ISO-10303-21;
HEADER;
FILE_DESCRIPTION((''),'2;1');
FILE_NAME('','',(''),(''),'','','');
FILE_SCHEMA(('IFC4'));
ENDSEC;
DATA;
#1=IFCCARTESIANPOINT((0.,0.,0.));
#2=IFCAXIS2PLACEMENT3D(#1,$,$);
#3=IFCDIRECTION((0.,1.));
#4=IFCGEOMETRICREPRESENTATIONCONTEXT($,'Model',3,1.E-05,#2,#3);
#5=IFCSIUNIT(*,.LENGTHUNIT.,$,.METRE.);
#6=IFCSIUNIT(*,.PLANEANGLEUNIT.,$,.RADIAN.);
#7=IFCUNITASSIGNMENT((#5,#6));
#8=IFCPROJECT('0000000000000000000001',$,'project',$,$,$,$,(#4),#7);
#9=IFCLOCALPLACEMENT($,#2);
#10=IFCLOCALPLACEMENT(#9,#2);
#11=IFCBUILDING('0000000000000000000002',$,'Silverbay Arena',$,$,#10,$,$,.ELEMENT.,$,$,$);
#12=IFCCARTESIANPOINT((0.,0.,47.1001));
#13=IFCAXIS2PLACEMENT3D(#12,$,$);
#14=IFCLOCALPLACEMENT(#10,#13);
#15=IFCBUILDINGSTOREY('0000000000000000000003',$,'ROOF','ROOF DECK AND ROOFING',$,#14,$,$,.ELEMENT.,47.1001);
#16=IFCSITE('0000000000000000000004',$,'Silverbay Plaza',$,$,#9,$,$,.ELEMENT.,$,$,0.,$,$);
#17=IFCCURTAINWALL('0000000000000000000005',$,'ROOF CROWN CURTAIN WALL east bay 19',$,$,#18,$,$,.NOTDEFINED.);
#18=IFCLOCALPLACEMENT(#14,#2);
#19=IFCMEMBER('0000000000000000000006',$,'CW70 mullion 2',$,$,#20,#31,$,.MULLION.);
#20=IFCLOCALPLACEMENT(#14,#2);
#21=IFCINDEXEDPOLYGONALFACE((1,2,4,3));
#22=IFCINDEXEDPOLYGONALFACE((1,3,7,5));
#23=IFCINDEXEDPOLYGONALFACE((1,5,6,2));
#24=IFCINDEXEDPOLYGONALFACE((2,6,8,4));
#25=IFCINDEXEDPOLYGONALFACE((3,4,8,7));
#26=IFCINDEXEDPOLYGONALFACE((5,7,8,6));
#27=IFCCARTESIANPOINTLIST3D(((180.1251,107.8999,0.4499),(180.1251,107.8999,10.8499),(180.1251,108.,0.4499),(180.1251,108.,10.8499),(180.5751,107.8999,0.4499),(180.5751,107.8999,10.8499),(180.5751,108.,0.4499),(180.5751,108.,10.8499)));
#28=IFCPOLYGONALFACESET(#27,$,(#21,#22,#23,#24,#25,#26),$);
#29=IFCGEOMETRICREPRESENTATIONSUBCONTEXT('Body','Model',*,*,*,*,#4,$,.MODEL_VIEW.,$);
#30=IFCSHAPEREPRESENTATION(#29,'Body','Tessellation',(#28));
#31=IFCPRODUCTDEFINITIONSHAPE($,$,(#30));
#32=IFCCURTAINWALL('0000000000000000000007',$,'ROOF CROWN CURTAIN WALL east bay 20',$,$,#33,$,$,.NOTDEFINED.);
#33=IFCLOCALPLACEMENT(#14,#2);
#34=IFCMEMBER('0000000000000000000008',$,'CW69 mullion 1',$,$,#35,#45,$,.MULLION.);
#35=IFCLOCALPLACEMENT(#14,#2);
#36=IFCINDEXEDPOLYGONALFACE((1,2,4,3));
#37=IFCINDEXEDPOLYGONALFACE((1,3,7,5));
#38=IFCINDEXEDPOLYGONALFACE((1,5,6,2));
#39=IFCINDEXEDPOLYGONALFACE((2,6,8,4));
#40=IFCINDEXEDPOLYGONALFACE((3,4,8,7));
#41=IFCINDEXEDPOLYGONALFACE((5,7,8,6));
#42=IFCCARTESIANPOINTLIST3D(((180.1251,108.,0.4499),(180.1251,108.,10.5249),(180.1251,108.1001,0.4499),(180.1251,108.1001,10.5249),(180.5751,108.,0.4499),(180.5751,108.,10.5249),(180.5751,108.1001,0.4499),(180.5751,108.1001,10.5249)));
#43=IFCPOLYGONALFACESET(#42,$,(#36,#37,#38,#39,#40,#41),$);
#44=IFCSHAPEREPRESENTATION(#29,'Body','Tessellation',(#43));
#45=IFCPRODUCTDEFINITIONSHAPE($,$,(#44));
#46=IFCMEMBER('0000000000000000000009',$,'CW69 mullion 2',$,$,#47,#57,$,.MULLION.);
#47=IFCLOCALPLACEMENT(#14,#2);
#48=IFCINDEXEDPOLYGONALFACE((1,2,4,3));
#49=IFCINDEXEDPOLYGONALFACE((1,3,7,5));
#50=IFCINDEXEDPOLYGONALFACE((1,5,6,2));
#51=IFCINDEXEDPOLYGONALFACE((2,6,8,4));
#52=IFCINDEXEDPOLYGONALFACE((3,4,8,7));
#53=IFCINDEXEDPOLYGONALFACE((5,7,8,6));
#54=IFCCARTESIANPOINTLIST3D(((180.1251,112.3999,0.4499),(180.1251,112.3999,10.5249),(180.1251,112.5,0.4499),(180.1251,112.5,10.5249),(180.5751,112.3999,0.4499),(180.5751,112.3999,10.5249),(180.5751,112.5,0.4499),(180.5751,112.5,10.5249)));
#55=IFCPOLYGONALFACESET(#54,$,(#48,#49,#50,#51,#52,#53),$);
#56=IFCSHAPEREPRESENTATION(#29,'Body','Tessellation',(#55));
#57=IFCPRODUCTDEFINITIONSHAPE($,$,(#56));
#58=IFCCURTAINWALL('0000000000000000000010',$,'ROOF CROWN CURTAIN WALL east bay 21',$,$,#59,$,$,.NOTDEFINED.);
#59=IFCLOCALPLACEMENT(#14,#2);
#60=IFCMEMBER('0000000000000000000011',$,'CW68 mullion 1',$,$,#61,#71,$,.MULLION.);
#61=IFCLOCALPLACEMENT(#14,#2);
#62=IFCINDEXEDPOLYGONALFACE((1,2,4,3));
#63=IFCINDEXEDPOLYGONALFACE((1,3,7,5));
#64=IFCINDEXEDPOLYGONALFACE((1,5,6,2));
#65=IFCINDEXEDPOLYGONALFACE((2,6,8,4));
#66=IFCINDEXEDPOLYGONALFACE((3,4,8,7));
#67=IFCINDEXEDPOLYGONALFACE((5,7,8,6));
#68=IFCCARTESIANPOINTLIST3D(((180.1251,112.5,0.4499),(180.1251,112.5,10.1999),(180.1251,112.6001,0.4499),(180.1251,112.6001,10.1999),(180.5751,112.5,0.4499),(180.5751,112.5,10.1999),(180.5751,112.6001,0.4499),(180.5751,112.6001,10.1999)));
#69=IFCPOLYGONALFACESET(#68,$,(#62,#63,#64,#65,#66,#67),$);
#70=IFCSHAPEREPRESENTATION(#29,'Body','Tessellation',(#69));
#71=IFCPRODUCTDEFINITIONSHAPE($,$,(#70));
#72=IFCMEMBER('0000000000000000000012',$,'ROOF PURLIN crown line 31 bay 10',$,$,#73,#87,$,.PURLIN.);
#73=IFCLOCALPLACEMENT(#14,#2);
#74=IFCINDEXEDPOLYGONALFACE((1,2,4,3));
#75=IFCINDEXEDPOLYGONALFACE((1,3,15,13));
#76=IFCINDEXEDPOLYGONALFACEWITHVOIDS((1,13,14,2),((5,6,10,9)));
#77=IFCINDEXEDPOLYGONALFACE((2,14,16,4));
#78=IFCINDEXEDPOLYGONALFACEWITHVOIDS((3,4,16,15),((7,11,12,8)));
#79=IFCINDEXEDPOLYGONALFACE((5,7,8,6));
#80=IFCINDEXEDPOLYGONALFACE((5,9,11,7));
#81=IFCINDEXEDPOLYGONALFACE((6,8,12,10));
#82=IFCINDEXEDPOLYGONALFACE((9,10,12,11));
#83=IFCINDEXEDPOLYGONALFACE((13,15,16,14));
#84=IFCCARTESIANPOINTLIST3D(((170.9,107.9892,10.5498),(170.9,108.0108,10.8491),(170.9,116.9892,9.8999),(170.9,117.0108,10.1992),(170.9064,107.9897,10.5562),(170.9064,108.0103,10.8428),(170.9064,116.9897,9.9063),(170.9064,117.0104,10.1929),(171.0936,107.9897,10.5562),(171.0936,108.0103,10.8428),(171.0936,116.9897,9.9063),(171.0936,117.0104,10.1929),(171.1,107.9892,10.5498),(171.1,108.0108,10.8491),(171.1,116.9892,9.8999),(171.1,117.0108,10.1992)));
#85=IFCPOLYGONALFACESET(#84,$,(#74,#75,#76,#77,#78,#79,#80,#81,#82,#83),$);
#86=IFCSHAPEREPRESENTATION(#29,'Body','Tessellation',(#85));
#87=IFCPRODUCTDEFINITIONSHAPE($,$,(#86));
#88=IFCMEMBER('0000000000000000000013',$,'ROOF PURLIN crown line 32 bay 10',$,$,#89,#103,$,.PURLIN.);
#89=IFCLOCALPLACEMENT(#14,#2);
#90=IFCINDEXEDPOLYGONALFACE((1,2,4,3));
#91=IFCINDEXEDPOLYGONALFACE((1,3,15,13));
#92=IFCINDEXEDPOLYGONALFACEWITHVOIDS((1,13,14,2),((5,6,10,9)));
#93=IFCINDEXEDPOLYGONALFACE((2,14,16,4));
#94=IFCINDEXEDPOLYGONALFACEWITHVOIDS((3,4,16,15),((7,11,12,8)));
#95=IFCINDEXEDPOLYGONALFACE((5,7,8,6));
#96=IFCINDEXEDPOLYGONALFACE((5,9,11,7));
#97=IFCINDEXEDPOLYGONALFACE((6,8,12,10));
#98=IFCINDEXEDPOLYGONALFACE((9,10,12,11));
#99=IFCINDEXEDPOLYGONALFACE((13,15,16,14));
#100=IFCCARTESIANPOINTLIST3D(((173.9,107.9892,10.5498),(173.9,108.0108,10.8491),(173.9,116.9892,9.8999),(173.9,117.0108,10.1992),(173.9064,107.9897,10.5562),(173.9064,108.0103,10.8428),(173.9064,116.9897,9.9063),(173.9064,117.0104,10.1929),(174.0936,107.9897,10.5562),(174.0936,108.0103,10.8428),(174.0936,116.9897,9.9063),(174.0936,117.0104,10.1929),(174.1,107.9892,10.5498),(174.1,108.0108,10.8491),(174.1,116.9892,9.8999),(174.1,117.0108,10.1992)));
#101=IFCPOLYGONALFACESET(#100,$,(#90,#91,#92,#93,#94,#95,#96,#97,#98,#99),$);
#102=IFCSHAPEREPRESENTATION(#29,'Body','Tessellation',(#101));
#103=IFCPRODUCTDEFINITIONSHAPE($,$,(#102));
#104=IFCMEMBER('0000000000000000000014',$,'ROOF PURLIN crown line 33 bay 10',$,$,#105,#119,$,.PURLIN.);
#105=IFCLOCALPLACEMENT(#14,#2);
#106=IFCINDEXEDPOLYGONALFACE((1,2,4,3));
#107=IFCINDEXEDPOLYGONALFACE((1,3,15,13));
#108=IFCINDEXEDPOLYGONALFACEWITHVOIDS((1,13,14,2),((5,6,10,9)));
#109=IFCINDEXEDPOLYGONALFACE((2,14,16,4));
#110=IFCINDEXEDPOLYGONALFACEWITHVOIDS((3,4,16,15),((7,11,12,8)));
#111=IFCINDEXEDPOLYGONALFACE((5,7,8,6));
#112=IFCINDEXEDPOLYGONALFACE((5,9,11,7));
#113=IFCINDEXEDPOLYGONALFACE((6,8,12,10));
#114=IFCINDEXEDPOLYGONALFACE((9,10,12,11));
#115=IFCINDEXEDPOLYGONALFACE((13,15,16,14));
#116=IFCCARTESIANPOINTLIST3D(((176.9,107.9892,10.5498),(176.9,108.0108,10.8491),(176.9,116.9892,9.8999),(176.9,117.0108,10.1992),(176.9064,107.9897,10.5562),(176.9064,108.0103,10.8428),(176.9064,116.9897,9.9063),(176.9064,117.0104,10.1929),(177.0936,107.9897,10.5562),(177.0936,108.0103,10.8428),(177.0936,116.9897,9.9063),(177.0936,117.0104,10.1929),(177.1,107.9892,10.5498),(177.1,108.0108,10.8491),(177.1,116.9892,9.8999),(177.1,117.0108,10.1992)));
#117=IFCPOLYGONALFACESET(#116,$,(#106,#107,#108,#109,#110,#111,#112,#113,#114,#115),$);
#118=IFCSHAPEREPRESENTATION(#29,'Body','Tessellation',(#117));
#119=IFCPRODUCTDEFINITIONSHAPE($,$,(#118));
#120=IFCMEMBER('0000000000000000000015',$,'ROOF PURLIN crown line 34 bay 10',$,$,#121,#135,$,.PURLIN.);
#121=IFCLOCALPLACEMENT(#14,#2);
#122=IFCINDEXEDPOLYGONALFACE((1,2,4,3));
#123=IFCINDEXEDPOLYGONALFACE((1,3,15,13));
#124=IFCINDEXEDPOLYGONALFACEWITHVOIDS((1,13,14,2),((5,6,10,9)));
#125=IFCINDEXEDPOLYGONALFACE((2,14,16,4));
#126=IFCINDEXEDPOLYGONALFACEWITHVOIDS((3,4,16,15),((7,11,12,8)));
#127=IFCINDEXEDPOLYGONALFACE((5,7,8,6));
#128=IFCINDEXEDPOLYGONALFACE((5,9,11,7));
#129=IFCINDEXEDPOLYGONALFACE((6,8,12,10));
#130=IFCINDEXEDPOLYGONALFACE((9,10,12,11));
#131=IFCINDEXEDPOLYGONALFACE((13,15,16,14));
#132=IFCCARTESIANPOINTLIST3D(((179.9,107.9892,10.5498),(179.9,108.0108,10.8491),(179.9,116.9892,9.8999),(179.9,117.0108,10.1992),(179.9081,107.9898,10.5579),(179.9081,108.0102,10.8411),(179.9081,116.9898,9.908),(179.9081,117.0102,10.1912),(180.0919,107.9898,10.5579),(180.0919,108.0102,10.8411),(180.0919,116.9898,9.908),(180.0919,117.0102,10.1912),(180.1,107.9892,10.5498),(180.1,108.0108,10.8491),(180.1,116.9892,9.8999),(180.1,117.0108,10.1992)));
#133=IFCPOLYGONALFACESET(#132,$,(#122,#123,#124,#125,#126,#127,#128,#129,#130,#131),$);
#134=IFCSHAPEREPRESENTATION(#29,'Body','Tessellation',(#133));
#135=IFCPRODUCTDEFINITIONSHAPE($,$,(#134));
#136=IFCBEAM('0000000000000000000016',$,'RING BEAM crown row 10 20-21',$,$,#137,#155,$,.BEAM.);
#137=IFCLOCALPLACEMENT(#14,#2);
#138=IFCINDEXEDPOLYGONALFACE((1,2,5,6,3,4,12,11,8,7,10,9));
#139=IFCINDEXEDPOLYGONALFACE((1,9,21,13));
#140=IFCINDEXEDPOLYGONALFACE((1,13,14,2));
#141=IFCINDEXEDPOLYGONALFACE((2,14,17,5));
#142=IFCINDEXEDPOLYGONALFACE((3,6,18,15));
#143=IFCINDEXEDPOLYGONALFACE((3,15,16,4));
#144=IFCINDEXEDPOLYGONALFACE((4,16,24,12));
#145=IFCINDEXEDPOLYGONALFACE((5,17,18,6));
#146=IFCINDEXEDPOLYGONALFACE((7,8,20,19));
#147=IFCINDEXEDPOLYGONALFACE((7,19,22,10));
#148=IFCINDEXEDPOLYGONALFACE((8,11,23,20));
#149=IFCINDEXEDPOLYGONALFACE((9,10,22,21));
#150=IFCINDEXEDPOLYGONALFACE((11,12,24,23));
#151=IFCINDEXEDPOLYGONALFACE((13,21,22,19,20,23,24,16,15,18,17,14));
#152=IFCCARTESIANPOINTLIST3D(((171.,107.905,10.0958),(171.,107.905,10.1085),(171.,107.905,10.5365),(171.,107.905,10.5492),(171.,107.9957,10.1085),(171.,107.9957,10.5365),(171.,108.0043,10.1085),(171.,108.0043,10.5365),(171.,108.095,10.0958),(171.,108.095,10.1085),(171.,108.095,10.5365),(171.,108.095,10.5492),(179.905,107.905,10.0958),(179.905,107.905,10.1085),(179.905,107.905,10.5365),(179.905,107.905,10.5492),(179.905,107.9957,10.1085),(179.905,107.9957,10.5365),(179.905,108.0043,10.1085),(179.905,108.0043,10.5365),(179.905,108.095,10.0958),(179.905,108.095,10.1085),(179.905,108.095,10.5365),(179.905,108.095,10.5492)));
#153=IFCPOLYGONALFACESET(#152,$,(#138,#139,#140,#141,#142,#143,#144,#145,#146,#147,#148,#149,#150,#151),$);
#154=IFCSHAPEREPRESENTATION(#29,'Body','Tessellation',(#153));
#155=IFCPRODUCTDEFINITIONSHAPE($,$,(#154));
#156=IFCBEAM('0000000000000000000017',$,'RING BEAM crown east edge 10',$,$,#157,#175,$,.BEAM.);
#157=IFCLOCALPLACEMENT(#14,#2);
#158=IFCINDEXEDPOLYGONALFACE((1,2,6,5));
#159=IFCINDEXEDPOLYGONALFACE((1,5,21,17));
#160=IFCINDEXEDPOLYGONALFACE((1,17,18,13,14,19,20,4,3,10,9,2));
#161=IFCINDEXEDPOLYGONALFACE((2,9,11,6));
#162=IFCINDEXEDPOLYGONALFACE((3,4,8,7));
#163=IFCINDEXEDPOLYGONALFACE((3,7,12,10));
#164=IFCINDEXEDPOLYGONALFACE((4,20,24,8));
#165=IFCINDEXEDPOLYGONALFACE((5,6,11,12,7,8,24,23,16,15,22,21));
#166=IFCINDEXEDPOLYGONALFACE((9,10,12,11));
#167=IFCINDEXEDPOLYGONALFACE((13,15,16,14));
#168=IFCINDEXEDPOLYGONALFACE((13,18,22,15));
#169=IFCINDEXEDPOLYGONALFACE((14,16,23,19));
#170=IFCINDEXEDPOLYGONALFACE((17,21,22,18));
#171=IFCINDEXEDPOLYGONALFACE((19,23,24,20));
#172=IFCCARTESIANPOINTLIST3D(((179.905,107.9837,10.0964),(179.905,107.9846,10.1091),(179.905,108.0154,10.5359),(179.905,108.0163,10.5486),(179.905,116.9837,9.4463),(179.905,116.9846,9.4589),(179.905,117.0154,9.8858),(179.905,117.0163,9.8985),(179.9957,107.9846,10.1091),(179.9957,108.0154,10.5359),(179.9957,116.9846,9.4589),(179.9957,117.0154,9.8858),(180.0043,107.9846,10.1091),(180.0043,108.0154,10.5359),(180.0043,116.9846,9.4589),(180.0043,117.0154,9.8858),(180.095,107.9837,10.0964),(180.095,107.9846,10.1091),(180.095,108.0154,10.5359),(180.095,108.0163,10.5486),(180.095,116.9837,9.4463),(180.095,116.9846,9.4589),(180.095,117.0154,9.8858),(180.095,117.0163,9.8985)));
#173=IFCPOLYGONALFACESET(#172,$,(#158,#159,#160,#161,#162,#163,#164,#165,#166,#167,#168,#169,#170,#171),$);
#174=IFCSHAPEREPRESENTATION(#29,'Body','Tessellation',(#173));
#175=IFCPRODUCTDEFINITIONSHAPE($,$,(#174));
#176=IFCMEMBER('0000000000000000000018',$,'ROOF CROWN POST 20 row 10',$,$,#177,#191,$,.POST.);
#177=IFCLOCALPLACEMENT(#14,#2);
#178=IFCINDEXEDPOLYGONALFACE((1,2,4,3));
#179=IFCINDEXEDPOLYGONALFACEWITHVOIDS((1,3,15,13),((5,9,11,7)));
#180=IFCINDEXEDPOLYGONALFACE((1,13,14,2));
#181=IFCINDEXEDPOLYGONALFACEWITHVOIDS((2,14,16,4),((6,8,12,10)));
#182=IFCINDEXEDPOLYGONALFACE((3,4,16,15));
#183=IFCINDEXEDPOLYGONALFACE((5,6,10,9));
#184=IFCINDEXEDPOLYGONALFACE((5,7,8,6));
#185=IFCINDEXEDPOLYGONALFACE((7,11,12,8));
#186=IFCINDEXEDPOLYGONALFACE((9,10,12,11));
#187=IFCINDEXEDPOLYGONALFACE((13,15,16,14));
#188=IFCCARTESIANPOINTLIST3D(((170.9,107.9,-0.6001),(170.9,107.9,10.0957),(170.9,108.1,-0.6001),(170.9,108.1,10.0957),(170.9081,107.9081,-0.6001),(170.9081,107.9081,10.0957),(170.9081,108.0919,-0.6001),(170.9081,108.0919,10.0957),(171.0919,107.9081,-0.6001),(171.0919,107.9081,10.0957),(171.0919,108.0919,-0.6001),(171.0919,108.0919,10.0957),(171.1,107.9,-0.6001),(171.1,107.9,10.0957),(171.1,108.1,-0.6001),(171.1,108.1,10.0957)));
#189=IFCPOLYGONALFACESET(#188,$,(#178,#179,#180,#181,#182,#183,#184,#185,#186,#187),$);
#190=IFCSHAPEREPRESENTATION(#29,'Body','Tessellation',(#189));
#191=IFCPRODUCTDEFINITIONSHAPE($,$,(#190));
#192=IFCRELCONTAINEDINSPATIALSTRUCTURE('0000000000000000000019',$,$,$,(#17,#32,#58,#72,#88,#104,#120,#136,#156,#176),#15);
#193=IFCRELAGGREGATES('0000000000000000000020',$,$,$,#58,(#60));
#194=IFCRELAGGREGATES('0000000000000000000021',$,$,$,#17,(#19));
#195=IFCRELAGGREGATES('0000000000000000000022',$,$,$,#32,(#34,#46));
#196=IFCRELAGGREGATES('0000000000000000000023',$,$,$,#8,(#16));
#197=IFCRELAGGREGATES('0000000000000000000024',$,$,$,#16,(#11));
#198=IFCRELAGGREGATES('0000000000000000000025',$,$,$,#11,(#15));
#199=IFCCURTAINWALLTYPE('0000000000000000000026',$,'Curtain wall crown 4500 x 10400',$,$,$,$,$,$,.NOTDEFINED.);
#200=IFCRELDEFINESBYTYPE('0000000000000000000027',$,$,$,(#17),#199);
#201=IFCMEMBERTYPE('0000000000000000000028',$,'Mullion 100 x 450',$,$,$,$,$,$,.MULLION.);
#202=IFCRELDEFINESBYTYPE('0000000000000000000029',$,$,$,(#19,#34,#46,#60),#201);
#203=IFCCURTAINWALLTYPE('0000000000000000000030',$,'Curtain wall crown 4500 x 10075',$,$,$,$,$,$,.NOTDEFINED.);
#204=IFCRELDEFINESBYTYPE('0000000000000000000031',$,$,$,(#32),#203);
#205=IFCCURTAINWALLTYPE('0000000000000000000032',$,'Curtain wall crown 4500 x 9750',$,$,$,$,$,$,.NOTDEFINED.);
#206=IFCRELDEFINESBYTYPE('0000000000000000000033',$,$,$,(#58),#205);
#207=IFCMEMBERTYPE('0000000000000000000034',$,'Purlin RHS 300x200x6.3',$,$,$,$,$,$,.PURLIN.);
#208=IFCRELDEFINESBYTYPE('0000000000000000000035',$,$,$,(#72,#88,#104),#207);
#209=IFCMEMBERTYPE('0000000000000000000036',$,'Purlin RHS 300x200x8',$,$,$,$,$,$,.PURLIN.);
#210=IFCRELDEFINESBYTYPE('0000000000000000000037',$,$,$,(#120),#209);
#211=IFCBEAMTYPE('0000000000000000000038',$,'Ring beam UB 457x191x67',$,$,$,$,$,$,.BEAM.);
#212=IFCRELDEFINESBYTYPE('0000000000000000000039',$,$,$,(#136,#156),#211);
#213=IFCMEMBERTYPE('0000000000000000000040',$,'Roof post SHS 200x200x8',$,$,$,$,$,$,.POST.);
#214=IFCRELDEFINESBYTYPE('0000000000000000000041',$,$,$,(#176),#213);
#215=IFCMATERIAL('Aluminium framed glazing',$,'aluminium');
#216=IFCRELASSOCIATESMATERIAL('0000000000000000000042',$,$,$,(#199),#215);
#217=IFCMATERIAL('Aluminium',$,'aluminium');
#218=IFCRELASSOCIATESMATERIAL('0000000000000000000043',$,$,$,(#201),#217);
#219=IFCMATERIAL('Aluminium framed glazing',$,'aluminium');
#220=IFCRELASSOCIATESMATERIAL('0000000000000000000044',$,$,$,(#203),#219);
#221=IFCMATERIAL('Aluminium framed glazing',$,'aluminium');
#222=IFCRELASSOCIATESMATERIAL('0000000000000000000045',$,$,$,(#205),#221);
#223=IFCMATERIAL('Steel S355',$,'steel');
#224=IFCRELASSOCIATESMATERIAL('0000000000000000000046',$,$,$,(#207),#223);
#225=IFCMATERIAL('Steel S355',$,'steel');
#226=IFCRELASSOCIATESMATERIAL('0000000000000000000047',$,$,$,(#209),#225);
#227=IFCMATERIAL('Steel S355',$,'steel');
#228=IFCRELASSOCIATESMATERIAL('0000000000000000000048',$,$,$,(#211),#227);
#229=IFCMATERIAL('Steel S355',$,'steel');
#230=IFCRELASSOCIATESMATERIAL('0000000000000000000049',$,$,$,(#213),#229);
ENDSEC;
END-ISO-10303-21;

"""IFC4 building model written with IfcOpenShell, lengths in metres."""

from ifc_helpers import new_model, si_unit, direction, frame, origin, origin_2d, place, context, subcontext, project, spatial, rectangle, hollow_rectangle, i_section, extrude, material, material_profile, profile_set, type_object, element, aggregate, save


model = new_model("IFC4")

# Units and contexts
model_context = context("Model", 3, precision=1e-05, world=origin(), true_north=direction((0.0, 1.0)))
body_context = subcontext(model_context, "Body", "Model", "MODEL_VIEW")
ifc_project = project(units=[si_unit("LENGTHUNIT", "METRE"), si_unit("PLANEANGLEUNIT", "RADIAN")], contexts=[model_context])

# Site, building, storey
site_placement = place(None, origin())
site = spatial("IfcSite", under=ifc_project, at=site_placement, Name="Silverbay Plaza", CompositionType="ELEMENT", RefElevation=0.0)
building_placement = place(site_placement, origin())
building = spatial("IfcBuilding", under=site, at=building_placement, Name="Silverbay Arena", CompositionType="ELEMENT")
storey_placement = place(building_placement, frame((0.0, 0.0, 47.1001)))
storey = spatial("IfcBuildingStorey", under=building, at=storey_placement, Name="ROOF", Description="ROOF DECK AND ROOFING", CompositionType="ELEMENT", Elevation=47.1001)

# Curtain wall, member
ifc_material_1 = material(Name="Aluminium framed glazing", Category="aluminium")
curtain_wall_type_1 = type_object("IfcCurtainWallType", Name="Curtain wall crown 4500 x 10400", PredefinedType="NOTDEFINED", material=ifc_material_1)
curtain_wall_1_placement = place(storey_placement, origin())
curtain_wall_1 = element("IfcCurtainWall", 1, at=curtain_wall_1_placement, inside=storey, type_object=curtain_wall_type_1, Name="ROOF CROWN CURTAIN WALL east bay 19", PredefinedType="NOTDEFINED")
ifc_material_2 = material(Name="Aluminium", Category="aluminium")
ifc_material_profile_1 = material_profile(ifc_material_2, rectangle(XDim=0.45, YDim=0.1001, at=origin_2d()), Name="Mullion 100 x 450")
ifc_profile_set_1 = profile_set([ifc_material_profile_1], Name="Aluminium")
member_type_1 = type_object("IfcMemberType", Name="Mullion 100 x 450", PredefinedType="MULLION", material=ifc_profile_set_1)
placement = place(building_placement, frame((0.0, 0.0, 33.5)))
member_1_placement = place(placement, frame((180.3501, 107.95, 14.05), z_axis=(0.0, 0.0, 1.0), x_axis=(-1.0, 0.0, 0.0)))
member_1 = element("IfcMember", 2, at=member_1_placement, type_object=member_type_1, Name="CW70 mullion 2", PredefinedType="MULLION", context=body_context, shape_type="SweptSolid", body=[
    extrude(rectangle(XDim=0.45, YDim=0.1001, at=origin_2d()), origin(), (0.0, 0.0, 1.0), 10.3999),
])

# Curtain wall, members
ifc_material_3 = material(Name="Aluminium framed glazing", Category="aluminium")
curtain_wall_type_2 = type_object("IfcCurtainWallType", Name="Curtain wall crown 4500 x 10075", PredefinedType="NOTDEFINED", material=ifc_material_3)
curtain_wall_2_placement = place(storey_placement, origin())
curtain_wall_2 = element("IfcCurtainWall", 3, at=curtain_wall_2_placement, inside=storey, type_object=curtain_wall_type_2, Name="ROOF CROWN CURTAIN WALL east bay 20", PredefinedType="NOTDEFINED")
member_2_placement = place(placement, frame((180.3501, 108.05, 14.05), z_axis=(0.0, 0.0, 1.0), x_axis=(-1.0, 0.0, 0.0)))
member_2 = element("IfcMember", 4, at=member_2_placement, type_object=member_type_1, Name="CW69 mullion 1", PredefinedType="MULLION", context=body_context, shape_type="SweptSolid", body=[
    extrude(rectangle(XDim=0.45, YDim=0.1001, at=origin_2d()), origin(), (0.0, 0.0, 1.0), 10.075),
])
member_3_placement = place(placement, frame((180.3501, 112.45, 14.05), z_axis=(0.0, 0.0, 1.0), x_axis=(-1.0, 0.0, 0.0)))
member_3 = element("IfcMember", 5, at=member_3_placement, type_object=member_type_1, Name="CW69 mullion 2", PredefinedType="MULLION", context=body_context, shape_type="SweptSolid", body=[
    extrude(rectangle(XDim=0.45, YDim=0.1001, at=origin_2d()), origin(), (0.0, 0.0, 1.0), 10.075),
])

# Curtain wall, member
ifc_material_4 = material(Name="Aluminium framed glazing", Category="aluminium")
curtain_wall_type_3 = type_object("IfcCurtainWallType", Name="Curtain wall crown 4500 x 9750", PredefinedType="NOTDEFINED", material=ifc_material_4)
curtain_wall_3_placement = place(storey_placement, origin())
curtain_wall_3 = element("IfcCurtainWall", 6, at=curtain_wall_3_placement, inside=storey, type_object=curtain_wall_type_3, Name="ROOF CROWN CURTAIN WALL east bay 21", PredefinedType="NOTDEFINED")
member_4_placement = place(placement, frame((180.3501, 112.55, 14.05), z_axis=(0.0, 0.0, 1.0), x_axis=(-1.0, 0.0, 0.0)))
member_4 = element("IfcMember", 7, at=member_4_placement, type_object=member_type_1, Name="CW68 mullion 1", PredefinedType="MULLION", context=body_context, shape_type="SweptSolid", body=[
    extrude(rectangle(XDim=0.45, YDim=0.1001, at=origin_2d()), origin(), (0.0, 0.0, 1.0), 9.75),
])

# Members
ifc_material_5 = material(Name="Steel S355", Category="steel")
ifc_material_profile_2 = material_profile(ifc_material_5, hollow_rectangle(XDim=0.2, YDim=0.3, WallThickness=0.0063, at=origin_2d()), Name="RHS 300x200x6.3")
ifc_profile_set_2 = profile_set([ifc_material_profile_2], Name="Steel S355")
member_type_2 = type_object("IfcMemberType", Name="Purlin RHS 300x200x6.3", PredefinedType="PURLIN", material=ifc_profile_set_2)
for number, where, z_axis, x_axis, name in (
    (8, (171.0, 108.0, 10.6995), (0.0, 0.997403, -0.072024), (-1.0, 0.0, 0.0), "ROOF PURLIN crown line 31 bay 10"),
    (9, (174.0, 108.0, 10.6995), (0.0, 0.997403, -0.072024), (-1.0, 0.0, 0.0), "ROOF PURLIN crown line 32 bay 10"),
    (10, (177.0, 108.0, 10.6995), (0.0, 0.997403, -0.072024), (-1.0, 0.0, 0.0), "ROOF PURLIN crown line 33 bay 10"),
):
    element("IfcMember", number, at=place(storey_placement, frame(where, z_axis=z_axis, x_axis=x_axis)), inside=storey, type_object=member_type_2, Name=name, PredefinedType="PURLIN", context=body_context, shape_type="SweptSolid", body=[
        extrude(hollow_rectangle(XDim=0.2, YDim=0.3, WallThickness=0.0063, at=origin_2d()), origin(), (0.0, 0.0, 1.0), 9.0234),
    ])
ifc_material_6 = material(Name="Steel S355", Category="steel")
ifc_material_profile_3 = material_profile(ifc_material_6, hollow_rectangle(XDim=0.2, YDim=0.3, WallThickness=0.0081, at=origin_2d()), Name="RHS 300x200x8")
ifc_profile_set_3 = profile_set([ifc_material_profile_3], Name="Steel S355")
member_type_3 = type_object("IfcMemberType", Name="Purlin RHS 300x200x8", PredefinedType="PURLIN", material=ifc_profile_set_3)
member_5_placement = place(storey_placement, frame((180.0, 108.0, 10.6995), z_axis=(0.0, 0.997403, -0.072024), x_axis=(-1.0, 0.0, 0.0)))
element("IfcMember", 11, at=member_5_placement, inside=storey, type_object=member_type_3, Name="ROOF PURLIN crown line 34 bay 10", PredefinedType="PURLIN", context=body_context, shape_type="SweptSolid", body=[
    extrude(hollow_rectangle(XDim=0.2, YDim=0.3, WallThickness=0.0081, at=origin_2d()), origin(), (0.0, 0.0, 1.0), 9.0234),
])

# Beams
ifc_material_7 = material(Name="Steel S355", Category="steel")
ifc_material_profile_4 = material_profile(ifc_material_7, i_section(OverallWidth=0.1899, OverallDepth=0.4534, WebThickness=0.0085, FlangeThickness=0.0127, at=origin_2d()), Name="UB 457x191x67")
ifc_profile_set_4 = profile_set([ifc_material_profile_4], Name="Steel S355")
beam_type = type_object("IfcBeamType", Name="Ring beam UB 457x191x67", PredefinedType="BEAM", material=ifc_profile_set_4)
beam_1_placement = place(storey_placement, frame((171.0, 108.0, 10.3225), z_axis=(1.0, 0.0, 0.0), x_axis=(0.0, 1.0, 0.0)))
element("IfcBeam", 12, at=beam_1_placement, inside=storey, type_object=beam_type, Name="RING BEAM crown row 10 20-21", PredefinedType="BEAM", context=body_context, shape_type="SweptSolid", body=[
    extrude(i_section(OverallWidth=0.1899, OverallDepth=0.4534, WebThickness=0.0085, FlangeThickness=0.0127, at=origin_2d()), origin(), (0.0, 0.0, 1.0), 8.905),
])
beam_2_placement = place(storey_placement, frame((180.0, 108.0, 10.3225), z_axis=(0.0, 0.997401, -0.072051), x_axis=(-1.0, 0.0, 0.0)))
element("IfcBeam", 13, at=beam_2_placement, inside=storey, type_object=beam_type, Name="RING BEAM crown east edge 10", PredefinedType="BEAM", context=body_context, shape_type="SweptSolid", body=[
    extrude(i_section(OverallWidth=0.1899, OverallDepth=0.4534, WebThickness=0.0085, FlangeThickness=0.0127, at=origin_2d()), origin(), (0.0, 0.0, 1.0), 9.0234),
])

# Member
ifc_material_8 = material(Name="Steel S355", Category="steel")
ifc_material_profile_5 = material_profile(ifc_material_8, hollow_rectangle(XDim=0.2, YDim=0.2, WallThickness=0.0081, at=origin_2d()), Name="SHS 200x200x8")
ifc_profile_set_5 = profile_set([ifc_material_profile_5], Name="Steel S355")
member_type_4 = type_object("IfcMemberType", Name="Roof post SHS 200x200x8", PredefinedType="POST", material=ifc_profile_set_5)
member_6_placement = place(storey_placement, frame((171.0, 108.0, -0.6001), z_axis=(0.0, 0.0, 1.0), x_axis=(1.0, 0.0, 0.0)))
element("IfcMember", 14, at=member_6_placement, inside=storey, type_object=member_type_4, Name="ROOF CROWN POST 20 row 10", PredefinedType="POST", context=body_context, shape_type="SweptSolid", body=[
    extrude(hollow_rectangle(XDim=0.2, YDim=0.2, WallThickness=0.0081, at=origin_2d()), origin(), (0.0, 0.0, 1.0), 10.6958),
])

aggregate(curtain_wall_3, [member_4])

aggregate(curtain_wall_1, [member_1])
aggregate(curtain_wall_2, [member_2, member_3])

save(model, "model.ifc")
